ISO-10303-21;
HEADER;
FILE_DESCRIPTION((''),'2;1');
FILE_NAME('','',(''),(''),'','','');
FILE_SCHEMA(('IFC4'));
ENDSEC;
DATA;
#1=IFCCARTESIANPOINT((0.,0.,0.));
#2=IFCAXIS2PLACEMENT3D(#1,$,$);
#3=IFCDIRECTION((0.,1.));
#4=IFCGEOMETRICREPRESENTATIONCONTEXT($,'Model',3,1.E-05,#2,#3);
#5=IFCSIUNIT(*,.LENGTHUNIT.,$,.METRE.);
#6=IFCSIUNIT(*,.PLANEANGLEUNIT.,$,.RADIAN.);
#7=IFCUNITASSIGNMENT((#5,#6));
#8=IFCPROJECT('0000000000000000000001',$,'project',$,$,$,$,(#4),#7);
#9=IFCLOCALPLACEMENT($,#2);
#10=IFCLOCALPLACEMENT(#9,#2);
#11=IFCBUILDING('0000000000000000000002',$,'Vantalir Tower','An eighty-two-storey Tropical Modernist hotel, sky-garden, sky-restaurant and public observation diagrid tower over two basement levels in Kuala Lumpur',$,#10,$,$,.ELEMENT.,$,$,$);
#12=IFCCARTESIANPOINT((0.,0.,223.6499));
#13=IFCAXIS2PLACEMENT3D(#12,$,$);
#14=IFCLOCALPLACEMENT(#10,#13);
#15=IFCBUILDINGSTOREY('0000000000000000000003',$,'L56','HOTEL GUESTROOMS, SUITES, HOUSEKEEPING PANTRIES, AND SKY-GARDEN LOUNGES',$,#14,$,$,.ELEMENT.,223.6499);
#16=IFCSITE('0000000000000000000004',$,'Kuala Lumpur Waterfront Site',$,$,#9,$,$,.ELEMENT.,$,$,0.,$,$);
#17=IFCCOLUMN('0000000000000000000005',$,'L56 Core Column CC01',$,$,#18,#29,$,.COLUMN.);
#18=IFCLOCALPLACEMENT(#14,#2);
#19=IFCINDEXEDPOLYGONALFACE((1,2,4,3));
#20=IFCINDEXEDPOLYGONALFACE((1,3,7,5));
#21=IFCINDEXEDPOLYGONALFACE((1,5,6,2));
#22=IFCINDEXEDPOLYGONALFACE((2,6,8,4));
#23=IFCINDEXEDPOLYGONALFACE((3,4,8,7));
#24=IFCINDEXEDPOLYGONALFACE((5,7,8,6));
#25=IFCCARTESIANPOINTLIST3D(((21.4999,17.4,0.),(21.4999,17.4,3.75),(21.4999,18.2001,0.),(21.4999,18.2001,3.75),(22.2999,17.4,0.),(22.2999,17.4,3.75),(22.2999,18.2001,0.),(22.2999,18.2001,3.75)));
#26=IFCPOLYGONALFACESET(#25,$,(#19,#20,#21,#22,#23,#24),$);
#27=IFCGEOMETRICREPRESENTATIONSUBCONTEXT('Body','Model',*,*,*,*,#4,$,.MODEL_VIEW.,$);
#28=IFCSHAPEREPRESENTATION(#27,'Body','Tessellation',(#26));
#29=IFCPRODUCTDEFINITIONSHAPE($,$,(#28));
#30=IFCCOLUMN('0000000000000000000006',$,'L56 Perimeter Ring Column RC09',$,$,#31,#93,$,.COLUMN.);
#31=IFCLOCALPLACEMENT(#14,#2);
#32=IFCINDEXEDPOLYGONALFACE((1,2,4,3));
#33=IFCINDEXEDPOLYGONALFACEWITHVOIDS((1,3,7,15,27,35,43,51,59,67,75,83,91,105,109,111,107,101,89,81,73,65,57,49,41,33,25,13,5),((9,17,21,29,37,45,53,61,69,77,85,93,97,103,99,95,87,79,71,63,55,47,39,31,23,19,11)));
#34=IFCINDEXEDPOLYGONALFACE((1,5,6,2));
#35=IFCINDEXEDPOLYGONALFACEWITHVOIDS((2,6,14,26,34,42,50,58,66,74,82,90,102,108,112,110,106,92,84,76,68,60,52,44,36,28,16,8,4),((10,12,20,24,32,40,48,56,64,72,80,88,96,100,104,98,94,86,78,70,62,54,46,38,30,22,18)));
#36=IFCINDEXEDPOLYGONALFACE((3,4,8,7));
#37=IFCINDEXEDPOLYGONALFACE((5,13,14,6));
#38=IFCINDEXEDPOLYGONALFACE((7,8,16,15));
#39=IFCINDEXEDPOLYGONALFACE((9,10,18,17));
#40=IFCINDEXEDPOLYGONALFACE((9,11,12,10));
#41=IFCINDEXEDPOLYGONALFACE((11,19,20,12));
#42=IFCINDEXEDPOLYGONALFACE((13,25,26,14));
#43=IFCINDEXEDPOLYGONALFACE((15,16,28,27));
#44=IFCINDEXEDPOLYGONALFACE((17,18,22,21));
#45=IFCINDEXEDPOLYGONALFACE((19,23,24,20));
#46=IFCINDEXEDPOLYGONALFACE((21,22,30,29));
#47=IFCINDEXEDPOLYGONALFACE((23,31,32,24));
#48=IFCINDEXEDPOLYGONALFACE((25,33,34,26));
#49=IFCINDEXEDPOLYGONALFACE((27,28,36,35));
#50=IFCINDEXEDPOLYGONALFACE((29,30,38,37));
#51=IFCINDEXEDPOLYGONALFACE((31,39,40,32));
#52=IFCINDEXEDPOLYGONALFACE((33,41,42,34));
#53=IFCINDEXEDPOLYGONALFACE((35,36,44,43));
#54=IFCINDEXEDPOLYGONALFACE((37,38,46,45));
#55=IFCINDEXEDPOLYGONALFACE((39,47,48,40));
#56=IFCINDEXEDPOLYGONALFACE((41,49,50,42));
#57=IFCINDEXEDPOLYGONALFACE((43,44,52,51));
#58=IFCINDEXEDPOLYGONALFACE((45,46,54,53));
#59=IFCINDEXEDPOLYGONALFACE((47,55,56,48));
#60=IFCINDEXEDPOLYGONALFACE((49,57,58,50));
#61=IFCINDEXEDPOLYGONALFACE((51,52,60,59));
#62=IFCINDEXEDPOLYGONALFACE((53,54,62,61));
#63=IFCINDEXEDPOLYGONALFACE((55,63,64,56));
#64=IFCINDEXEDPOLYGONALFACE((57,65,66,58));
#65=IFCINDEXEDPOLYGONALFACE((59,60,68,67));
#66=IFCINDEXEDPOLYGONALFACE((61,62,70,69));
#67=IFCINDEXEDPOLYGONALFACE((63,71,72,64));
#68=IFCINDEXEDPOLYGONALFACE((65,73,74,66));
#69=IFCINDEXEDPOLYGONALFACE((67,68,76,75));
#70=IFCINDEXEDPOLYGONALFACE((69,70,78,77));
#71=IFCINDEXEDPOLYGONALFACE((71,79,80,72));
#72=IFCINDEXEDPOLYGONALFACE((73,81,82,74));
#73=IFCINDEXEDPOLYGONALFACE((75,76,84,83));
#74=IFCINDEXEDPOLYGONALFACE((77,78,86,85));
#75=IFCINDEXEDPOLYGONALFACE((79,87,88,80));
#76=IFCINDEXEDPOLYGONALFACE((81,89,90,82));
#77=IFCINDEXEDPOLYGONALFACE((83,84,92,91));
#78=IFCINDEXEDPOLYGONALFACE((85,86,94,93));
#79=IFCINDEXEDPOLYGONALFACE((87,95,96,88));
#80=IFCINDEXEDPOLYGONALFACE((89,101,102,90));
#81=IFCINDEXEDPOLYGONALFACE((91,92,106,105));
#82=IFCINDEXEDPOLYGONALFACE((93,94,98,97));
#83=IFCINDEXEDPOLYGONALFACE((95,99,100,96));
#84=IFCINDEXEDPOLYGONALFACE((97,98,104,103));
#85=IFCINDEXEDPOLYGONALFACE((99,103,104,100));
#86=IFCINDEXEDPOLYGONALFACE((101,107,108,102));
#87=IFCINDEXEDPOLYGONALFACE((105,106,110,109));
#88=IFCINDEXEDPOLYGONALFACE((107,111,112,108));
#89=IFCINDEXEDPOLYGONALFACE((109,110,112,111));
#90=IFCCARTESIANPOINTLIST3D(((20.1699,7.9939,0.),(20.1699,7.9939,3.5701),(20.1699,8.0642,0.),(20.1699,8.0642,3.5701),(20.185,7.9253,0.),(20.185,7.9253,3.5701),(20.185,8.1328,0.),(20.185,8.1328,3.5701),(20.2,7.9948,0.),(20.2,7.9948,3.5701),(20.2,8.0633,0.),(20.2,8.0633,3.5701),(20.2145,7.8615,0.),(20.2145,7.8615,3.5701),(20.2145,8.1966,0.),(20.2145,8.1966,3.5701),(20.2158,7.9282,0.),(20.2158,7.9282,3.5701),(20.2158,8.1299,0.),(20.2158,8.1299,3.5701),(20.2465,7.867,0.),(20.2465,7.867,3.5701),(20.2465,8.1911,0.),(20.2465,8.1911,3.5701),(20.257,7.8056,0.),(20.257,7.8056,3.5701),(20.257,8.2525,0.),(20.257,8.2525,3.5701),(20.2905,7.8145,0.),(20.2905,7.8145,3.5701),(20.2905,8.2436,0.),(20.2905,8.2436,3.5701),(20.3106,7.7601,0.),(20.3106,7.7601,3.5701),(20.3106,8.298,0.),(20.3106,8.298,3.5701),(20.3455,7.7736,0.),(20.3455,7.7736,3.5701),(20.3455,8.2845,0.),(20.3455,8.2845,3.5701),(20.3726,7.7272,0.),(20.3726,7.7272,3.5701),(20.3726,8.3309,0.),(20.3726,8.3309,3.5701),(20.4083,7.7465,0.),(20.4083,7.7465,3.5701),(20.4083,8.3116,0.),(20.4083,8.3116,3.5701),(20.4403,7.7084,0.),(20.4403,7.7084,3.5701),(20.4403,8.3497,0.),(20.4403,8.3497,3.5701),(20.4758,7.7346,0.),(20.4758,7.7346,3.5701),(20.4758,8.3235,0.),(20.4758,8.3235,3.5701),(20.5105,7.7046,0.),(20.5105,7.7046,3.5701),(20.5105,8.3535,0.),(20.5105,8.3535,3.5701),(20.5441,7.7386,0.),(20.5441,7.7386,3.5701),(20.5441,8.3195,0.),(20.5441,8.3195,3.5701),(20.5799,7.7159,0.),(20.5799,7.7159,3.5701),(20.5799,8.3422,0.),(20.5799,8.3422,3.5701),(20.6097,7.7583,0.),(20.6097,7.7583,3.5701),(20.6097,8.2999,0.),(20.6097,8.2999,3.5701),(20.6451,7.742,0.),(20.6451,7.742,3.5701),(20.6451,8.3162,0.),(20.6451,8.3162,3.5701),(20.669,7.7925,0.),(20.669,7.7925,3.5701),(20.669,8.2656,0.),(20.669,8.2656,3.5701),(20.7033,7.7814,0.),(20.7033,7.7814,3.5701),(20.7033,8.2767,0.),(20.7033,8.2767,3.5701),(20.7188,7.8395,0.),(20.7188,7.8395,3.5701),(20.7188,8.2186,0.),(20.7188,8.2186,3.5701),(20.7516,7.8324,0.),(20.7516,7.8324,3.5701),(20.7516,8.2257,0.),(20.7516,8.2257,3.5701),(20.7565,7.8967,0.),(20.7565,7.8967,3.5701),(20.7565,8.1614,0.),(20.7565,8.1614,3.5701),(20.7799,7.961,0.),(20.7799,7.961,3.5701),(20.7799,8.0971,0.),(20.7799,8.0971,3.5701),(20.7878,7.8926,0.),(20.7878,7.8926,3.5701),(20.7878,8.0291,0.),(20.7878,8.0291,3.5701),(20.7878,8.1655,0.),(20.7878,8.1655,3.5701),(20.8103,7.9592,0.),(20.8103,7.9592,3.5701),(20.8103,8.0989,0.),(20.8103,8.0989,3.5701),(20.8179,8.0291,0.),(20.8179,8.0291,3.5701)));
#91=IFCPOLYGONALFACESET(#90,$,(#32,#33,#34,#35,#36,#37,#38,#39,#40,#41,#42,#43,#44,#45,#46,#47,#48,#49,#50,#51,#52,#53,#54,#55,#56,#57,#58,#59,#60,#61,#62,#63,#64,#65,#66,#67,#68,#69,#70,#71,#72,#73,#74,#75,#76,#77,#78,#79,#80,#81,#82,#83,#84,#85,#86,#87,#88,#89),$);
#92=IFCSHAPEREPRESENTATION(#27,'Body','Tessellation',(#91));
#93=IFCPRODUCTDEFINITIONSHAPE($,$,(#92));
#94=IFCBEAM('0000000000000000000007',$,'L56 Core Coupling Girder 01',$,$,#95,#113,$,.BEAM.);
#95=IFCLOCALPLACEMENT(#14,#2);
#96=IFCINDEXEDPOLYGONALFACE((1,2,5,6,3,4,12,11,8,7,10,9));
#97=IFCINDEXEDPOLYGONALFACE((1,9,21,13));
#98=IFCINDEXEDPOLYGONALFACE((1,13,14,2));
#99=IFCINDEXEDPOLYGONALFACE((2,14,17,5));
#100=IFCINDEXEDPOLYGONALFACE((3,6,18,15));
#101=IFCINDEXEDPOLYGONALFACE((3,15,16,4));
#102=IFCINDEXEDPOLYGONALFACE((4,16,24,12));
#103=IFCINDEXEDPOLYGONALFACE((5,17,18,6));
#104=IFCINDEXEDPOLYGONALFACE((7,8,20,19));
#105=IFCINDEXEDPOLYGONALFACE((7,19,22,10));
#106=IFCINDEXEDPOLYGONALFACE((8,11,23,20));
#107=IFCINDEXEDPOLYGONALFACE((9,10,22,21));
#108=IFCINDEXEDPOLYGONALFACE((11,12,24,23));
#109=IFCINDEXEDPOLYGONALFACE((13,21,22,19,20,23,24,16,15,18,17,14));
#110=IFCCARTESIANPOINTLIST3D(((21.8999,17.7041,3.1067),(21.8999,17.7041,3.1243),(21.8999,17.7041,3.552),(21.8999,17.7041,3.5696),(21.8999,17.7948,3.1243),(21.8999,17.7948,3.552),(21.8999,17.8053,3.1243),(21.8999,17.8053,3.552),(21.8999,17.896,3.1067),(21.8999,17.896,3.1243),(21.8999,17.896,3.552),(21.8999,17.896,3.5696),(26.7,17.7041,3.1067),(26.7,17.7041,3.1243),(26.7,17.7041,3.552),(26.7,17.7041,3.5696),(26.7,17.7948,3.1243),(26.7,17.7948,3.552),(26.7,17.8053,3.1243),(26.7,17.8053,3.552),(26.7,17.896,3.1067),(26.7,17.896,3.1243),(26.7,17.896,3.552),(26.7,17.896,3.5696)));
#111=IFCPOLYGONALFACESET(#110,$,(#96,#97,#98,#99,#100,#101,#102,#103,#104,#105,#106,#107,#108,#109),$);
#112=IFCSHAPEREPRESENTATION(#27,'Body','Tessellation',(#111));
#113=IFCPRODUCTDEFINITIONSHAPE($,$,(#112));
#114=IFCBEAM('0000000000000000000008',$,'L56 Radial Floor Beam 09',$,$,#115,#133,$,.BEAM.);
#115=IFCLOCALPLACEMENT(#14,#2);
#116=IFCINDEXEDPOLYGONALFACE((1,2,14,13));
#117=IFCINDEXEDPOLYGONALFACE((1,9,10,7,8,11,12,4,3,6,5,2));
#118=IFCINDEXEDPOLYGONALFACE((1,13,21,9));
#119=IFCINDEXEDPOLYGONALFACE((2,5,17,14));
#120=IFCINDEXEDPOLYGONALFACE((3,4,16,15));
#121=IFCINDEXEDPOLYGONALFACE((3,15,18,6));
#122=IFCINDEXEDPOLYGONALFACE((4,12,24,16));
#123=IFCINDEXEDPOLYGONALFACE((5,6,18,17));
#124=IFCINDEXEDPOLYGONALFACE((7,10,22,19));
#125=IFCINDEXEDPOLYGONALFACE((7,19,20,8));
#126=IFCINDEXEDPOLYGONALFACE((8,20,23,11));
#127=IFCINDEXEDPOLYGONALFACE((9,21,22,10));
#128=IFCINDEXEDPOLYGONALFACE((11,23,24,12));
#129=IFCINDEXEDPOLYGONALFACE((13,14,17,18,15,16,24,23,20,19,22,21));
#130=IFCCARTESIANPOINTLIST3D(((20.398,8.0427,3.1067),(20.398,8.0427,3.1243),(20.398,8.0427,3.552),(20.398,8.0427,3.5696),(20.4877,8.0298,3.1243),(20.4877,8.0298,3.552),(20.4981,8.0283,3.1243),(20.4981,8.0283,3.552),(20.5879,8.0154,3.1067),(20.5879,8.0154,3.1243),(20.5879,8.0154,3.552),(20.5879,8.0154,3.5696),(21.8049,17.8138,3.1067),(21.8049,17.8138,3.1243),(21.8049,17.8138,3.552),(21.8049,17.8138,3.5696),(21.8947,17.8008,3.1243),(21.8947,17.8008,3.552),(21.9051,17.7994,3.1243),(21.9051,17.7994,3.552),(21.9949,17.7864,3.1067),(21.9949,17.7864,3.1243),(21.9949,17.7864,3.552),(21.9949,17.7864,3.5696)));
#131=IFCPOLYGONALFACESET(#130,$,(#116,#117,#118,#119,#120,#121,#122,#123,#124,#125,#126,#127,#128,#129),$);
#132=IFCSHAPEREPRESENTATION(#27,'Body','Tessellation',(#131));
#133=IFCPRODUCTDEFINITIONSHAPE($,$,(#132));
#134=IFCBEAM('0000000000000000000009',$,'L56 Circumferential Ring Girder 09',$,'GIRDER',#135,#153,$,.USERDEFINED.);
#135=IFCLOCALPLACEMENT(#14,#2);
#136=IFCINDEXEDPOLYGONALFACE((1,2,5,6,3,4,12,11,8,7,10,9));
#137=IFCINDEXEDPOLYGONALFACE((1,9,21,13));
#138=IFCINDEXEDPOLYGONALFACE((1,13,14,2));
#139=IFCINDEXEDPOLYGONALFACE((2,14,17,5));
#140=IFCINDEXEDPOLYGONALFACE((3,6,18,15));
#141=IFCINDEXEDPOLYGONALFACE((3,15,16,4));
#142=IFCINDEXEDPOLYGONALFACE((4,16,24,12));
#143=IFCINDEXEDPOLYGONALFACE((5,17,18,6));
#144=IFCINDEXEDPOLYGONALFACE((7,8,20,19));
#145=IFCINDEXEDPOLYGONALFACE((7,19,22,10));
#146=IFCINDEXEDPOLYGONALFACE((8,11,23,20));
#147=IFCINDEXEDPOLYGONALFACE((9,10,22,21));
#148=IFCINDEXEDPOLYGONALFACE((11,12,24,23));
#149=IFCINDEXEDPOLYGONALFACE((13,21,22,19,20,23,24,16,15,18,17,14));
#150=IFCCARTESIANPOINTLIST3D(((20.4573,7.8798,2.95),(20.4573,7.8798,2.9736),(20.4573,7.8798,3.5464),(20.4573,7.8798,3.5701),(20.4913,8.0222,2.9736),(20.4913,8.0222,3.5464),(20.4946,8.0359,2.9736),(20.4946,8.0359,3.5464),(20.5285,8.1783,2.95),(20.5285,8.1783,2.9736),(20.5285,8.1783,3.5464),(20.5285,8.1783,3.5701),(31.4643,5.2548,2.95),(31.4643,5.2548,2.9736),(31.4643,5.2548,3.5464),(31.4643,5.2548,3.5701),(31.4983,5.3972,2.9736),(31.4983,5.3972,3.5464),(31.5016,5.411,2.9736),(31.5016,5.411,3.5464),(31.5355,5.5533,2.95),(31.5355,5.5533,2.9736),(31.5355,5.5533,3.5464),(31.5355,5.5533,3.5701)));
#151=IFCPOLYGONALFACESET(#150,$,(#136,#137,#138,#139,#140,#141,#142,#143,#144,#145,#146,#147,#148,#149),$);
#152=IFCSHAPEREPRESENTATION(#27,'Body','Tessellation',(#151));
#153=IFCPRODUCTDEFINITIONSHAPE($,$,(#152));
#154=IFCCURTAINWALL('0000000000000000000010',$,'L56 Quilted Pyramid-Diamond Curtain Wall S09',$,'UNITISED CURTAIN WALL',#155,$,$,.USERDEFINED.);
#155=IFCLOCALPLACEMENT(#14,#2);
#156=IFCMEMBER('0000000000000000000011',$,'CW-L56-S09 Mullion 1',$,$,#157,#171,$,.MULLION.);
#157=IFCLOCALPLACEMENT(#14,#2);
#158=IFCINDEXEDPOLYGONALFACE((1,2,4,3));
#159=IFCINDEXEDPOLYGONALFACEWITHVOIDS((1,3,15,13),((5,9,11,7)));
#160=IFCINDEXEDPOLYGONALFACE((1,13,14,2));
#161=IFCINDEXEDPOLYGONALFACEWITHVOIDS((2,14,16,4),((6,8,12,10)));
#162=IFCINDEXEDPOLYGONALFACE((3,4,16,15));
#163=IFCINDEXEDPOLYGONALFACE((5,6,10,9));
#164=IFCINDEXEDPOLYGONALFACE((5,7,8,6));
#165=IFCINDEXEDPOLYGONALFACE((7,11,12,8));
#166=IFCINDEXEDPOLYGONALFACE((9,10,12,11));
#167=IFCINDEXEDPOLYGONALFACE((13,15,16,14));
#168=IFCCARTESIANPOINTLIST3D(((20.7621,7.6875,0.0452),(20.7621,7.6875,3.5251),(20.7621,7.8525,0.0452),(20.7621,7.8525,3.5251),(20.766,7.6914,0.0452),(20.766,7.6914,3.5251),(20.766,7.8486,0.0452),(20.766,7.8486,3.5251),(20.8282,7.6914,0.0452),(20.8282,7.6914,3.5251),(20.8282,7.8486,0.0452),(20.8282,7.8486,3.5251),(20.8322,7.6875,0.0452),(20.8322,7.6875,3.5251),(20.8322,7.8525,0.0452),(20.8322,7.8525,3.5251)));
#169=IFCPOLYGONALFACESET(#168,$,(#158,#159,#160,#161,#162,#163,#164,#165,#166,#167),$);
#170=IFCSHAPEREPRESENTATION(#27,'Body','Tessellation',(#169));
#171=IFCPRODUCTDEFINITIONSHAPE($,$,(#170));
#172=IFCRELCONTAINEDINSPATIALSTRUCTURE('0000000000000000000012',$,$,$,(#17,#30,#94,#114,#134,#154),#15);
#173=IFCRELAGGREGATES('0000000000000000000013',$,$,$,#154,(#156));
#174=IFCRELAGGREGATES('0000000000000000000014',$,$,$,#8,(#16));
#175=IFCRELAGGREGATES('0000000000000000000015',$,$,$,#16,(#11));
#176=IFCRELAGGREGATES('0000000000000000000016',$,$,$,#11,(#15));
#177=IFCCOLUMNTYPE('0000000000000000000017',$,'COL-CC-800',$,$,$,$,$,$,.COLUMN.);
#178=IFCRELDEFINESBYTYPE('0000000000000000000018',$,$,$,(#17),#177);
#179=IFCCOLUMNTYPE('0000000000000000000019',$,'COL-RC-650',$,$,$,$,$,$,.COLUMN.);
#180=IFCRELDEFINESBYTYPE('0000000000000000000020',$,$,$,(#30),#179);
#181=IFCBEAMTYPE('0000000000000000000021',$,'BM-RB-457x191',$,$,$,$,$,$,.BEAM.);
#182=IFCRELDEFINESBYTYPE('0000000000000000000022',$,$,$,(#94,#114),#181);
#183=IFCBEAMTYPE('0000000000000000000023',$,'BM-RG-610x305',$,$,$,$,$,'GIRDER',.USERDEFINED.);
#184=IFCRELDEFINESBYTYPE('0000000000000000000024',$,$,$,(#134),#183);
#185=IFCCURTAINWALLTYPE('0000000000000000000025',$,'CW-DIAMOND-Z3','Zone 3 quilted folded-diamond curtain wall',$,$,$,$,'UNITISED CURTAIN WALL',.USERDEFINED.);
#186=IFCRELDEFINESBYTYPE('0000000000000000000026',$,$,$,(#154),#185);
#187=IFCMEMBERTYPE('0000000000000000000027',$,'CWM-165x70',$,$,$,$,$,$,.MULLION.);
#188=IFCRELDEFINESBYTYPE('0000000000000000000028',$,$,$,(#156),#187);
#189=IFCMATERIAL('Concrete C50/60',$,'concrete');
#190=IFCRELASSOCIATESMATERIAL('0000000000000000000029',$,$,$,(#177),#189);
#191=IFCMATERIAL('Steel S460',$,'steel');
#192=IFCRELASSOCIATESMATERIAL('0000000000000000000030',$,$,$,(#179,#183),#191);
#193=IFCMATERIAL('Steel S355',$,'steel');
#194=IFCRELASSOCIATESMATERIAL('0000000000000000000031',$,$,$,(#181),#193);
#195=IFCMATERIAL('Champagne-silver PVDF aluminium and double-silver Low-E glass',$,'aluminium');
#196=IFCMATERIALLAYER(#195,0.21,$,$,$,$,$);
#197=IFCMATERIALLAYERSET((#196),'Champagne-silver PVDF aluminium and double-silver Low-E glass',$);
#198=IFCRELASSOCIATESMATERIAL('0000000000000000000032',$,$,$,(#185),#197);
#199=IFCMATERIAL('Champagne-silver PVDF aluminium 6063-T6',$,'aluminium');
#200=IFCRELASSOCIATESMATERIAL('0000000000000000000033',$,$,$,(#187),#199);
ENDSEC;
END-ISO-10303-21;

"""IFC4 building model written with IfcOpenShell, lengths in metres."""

from ifc_helpers import new_model, si_unit, direction, frame, origin, origin_2d, place, context, subcontext, project, spatial, rectangle, hollow_rectangle, hollow_circle, i_section, extrude, material, layer, layer_set, material_profile, profile_set, type_object, element, aggregate, save


model = new_model("IFC4")

# Units and contexts
model_context = context("Model", 3, precision=1e-05, world=origin(), true_north=direction((0.0, 1.0)))
body_context = subcontext(model_context, "Body", "Model", "MODEL_VIEW")
ifc_project = project(units=[si_unit("LENGTHUNIT", "METRE"), si_unit("PLANEANGLEUNIT", "RADIAN")], contexts=[model_context])

# Site, building, storey
site_placement = place(None, origin())
site = spatial("IfcSite", under=ifc_project, at=site_placement, Name="Kuala Lumpur Waterfront Site", CompositionType="ELEMENT", RefElevation=0.0)
building_placement = place(site_placement, origin())
building = spatial("IfcBuilding", under=site, at=building_placement, Name="Vantalir Tower", Description="An eighty-two-storey Tropical Modernist hotel, sky-garden, sky-restaurant and public observation diagrid tower over two basement levels in Kuala Lumpur", CompositionType="ELEMENT")
storey_placement = place(building_placement, frame((0.0, 0.0, 223.6499)))
storey = spatial("IfcBuildingStorey", under=building, at=storey_placement, Name="L56", Description="HOTEL GUESTROOMS, SUITES, HOUSEKEEPING PANTRIES, AND SKY-GARDEN LOUNGES", CompositionType="ELEMENT", Elevation=223.6499)

# Columns
ifc_material_1 = material(Name="Concrete C50/60", Category="concrete")
ifc_material_profile_1 = material_profile(ifc_material_1, rectangle(XDim=0.8, YDim=0.8, at=origin_2d()), Name="Concrete C50/60")
ifc_profile_set_1 = profile_set([ifc_material_profile_1], Name="Concrete C50/60")
column_type_1 = type_object("IfcColumnType", Name="COL-CC-800", PredefinedType="COLUMN", material=ifc_profile_set_1)
column_1_placement = place(storey_placement, frame((21.8999, 17.8, 0.0), z_axis=(0.0, 0.0, 1.0), x_axis=(1.0, 0.0, 0.0)))
element("IfcColumn", 1, at=column_1_placement, inside=storey, type_object=column_type_1, Name="L56 Core Column CC01", PredefinedType="COLUMN", context=body_context, shape_type="SweptSolid", body=[
    extrude(rectangle(XDim=0.8, YDim=0.8, at=origin_2d()), origin(), (0.0, 0.0, 1.0), 3.75),
])
ifc_material_2 = material(Name="Steel S460", Category="steel")
ifc_material_profile_2 = material_profile(ifc_material_2, hollow_circle(Radius=0.325, WallThickness=0.03, at=origin_2d()), Name="Steel S460")
ifc_profile_set_2 = profile_set([ifc_material_profile_2], Name="Steel S460")
column_type_2 = type_object("IfcColumnType", Name="COL-RC-650", PredefinedType="COLUMN", material=ifc_profile_set_2)
column_2_placement = place(storey_placement, frame((20.4929, 8.0291, 0.0), z_axis=(0.0, 0.0, 1.0), x_axis=(1.0, 0.0, 0.0)))
element("IfcColumn", 2, at=column_2_placement, inside=storey, type_object=column_type_2, Name="L56 Perimeter Ring Column RC09", PredefinedType="COLUMN", context=body_context, shape_type="SweptSolid", body=[
    extrude(hollow_circle(Radius=0.325, WallThickness=0.03, at=origin_2d()), origin(), (0.0, 0.0, 1.0), 3.5701),
])

# Beams
ifc_material_3 = material(Name="Steel S355", Category="steel")
ifc_material_profile_3 = material_profile(ifc_material_3, i_section(OverallWidth=0.1919, OverallDepth=0.4629, WebThickness=0.0105, FlangeThickness=0.0176, at=origin_2d()), Name="Steel S355")
ifc_profile_set_3 = profile_set([ifc_material_profile_3], Name="Steel S355")
beam_type_1 = type_object("IfcBeamType", Name="BM-RB-457x191", PredefinedType="BEAM", material=ifc_profile_set_3)
beam_1_placement = place(storey_placement, frame((21.8999, 17.8, 3.3381), z_axis=(1.0, 0.0, 0.0), x_axis=(0.0, 1.0, 0.0)))
element("IfcBeam", 3, at=beam_1_placement, inside=storey, type_object=beam_type_1, Name="L56 Core Coupling Girder 01", PredefinedType="BEAM", context=body_context, shape_type="SweptSolid", body=[
    extrude(i_section(OverallWidth=0.1919, OverallDepth=0.4629, WebThickness=0.0105, FlangeThickness=0.0176, at=origin_2d()), origin(), (0.0, 0.0, 1.0), 4.8),
])
beam_2_placement = place(storey_placement, frame((20.4929, 8.0291, 3.3381), z_axis=(0.142526, 0.989791, 0.0), x_axis=(-0.989791, 0.142526, 0.0)))
element("IfcBeam", 4, at=beam_2_placement, inside=storey, type_object=beam_type_1, Name="L56 Radial Floor Beam 09", PredefinedType="BEAM", context=body_context, shape_type="SweptSolid", body=[
    extrude(i_section(OverallWidth=0.1919, OverallDepth=0.4629, WebThickness=0.0105, FlangeThickness=0.0176, at=origin_2d()), origin(), (0.0, 0.0, 1.0), 9.8718),
])
ifc_material_profile_4 = material_profile(ifc_material_2, i_section(OverallWidth=0.3069, OverallDepth=0.6201, WebThickness=0.0142, FlangeThickness=0.0237, at=origin_2d()), Name="Steel S460")
ifc_profile_set_4 = profile_set([ifc_material_profile_4], Name="Steel S460")
beam_type_2 = type_object("IfcBeamType", Name="BM-RG-610x305", ElementType="GIRDER", PredefinedType="USERDEFINED", material=ifc_profile_set_4)
beam_3_placement = place(storey_placement, frame((20.4929, 8.0291, 3.26), z_axis=(0.972721, -0.231977, 0.0), x_axis=(0.231977, 0.972721, 0.0)))
element("IfcBeam", 5, at=beam_3_placement, inside=storey, type_object=beam_type_2, Name="L56 Circumferential Ring Girder 09", ObjectType="GIRDER", PredefinedType="USERDEFINED", context=body_context, shape_type="SweptSolid", body=[
    extrude(i_section(OverallWidth=0.3069, OverallDepth=0.6201, WebThickness=0.0142, FlangeThickness=0.0237, at=origin_2d()), origin(), (0.0, 0.0, 1.0), 11.3157),
])

# Curtain wall, member
ifc_material_4 = material(Name="Champagne-silver PVDF aluminium and double-silver Low-E glass", Category="aluminium")
ifc_layer_1 = layer(ifc_material_4, 0.21)
ifc_layer_set_1 = layer_set([ifc_layer_1], Name="Champagne-silver PVDF aluminium and double-silver Low-E glass")
curtain_wall_type = type_object("IfcCurtainWallType", Name="CW-DIAMOND-Z3", Description="Zone 3 quilted folded-diamond curtain wall", ElementType="UNITISED CURTAIN WALL", PredefinedType="USERDEFINED", material=ifc_layer_set_1)
curtain_wall_placement = place(storey_placement, origin())
curtain_wall = element("IfcCurtainWall", 6, at=curtain_wall_placement, inside=storey, type_object=curtain_wall_type, Name="L56 Quilted Pyramid-Diamond Curtain Wall S09", ObjectType="UNITISED CURTAIN WALL", PredefinedType="USERDEFINED")
ifc_material_5 = material(Name="Champagne-silver PVDF aluminium 6063-T6", Category="aluminium")
ifc_material_profile_5 = material_profile(ifc_material_5, hollow_rectangle(XDim=0.0701, YDim=0.165, WallThickness=0.0039, at=origin_2d()), Name="Champagne-silver PVDF aluminium 6063-T6")
ifc_profile_set_5 = profile_set([ifc_material_profile_5], Name="Champagne-silver PVDF aluminium 6063-T6")
member_type_1 = type_object("IfcMemberType", Name="CWM-165x70", PredefinedType="MULLION", material=ifc_profile_set_5)
member_1_placement = place(storey_placement, frame((20.7971, 7.77, 0.0452), z_axis=(0.0, 0.0, 1.0), x_axis=(1.0, 0.0, 0.0)))
member_1 = element("IfcMember", 7, at=member_1_placement, type_object=member_type_1, Name="CW-L56-S09 Mullion 1", PredefinedType="MULLION", context=body_context, shape_type="SweptSolid", body=[
    extrude(hollow_rectangle(XDim=0.0701, YDim=0.165, WallThickness=0.0039, at=origin_2d()), origin(), (0.0, 0.0, 1.0), 3.48),
])
aggregate(curtain_wall, [member_1])

save(model, "model.ifc")
